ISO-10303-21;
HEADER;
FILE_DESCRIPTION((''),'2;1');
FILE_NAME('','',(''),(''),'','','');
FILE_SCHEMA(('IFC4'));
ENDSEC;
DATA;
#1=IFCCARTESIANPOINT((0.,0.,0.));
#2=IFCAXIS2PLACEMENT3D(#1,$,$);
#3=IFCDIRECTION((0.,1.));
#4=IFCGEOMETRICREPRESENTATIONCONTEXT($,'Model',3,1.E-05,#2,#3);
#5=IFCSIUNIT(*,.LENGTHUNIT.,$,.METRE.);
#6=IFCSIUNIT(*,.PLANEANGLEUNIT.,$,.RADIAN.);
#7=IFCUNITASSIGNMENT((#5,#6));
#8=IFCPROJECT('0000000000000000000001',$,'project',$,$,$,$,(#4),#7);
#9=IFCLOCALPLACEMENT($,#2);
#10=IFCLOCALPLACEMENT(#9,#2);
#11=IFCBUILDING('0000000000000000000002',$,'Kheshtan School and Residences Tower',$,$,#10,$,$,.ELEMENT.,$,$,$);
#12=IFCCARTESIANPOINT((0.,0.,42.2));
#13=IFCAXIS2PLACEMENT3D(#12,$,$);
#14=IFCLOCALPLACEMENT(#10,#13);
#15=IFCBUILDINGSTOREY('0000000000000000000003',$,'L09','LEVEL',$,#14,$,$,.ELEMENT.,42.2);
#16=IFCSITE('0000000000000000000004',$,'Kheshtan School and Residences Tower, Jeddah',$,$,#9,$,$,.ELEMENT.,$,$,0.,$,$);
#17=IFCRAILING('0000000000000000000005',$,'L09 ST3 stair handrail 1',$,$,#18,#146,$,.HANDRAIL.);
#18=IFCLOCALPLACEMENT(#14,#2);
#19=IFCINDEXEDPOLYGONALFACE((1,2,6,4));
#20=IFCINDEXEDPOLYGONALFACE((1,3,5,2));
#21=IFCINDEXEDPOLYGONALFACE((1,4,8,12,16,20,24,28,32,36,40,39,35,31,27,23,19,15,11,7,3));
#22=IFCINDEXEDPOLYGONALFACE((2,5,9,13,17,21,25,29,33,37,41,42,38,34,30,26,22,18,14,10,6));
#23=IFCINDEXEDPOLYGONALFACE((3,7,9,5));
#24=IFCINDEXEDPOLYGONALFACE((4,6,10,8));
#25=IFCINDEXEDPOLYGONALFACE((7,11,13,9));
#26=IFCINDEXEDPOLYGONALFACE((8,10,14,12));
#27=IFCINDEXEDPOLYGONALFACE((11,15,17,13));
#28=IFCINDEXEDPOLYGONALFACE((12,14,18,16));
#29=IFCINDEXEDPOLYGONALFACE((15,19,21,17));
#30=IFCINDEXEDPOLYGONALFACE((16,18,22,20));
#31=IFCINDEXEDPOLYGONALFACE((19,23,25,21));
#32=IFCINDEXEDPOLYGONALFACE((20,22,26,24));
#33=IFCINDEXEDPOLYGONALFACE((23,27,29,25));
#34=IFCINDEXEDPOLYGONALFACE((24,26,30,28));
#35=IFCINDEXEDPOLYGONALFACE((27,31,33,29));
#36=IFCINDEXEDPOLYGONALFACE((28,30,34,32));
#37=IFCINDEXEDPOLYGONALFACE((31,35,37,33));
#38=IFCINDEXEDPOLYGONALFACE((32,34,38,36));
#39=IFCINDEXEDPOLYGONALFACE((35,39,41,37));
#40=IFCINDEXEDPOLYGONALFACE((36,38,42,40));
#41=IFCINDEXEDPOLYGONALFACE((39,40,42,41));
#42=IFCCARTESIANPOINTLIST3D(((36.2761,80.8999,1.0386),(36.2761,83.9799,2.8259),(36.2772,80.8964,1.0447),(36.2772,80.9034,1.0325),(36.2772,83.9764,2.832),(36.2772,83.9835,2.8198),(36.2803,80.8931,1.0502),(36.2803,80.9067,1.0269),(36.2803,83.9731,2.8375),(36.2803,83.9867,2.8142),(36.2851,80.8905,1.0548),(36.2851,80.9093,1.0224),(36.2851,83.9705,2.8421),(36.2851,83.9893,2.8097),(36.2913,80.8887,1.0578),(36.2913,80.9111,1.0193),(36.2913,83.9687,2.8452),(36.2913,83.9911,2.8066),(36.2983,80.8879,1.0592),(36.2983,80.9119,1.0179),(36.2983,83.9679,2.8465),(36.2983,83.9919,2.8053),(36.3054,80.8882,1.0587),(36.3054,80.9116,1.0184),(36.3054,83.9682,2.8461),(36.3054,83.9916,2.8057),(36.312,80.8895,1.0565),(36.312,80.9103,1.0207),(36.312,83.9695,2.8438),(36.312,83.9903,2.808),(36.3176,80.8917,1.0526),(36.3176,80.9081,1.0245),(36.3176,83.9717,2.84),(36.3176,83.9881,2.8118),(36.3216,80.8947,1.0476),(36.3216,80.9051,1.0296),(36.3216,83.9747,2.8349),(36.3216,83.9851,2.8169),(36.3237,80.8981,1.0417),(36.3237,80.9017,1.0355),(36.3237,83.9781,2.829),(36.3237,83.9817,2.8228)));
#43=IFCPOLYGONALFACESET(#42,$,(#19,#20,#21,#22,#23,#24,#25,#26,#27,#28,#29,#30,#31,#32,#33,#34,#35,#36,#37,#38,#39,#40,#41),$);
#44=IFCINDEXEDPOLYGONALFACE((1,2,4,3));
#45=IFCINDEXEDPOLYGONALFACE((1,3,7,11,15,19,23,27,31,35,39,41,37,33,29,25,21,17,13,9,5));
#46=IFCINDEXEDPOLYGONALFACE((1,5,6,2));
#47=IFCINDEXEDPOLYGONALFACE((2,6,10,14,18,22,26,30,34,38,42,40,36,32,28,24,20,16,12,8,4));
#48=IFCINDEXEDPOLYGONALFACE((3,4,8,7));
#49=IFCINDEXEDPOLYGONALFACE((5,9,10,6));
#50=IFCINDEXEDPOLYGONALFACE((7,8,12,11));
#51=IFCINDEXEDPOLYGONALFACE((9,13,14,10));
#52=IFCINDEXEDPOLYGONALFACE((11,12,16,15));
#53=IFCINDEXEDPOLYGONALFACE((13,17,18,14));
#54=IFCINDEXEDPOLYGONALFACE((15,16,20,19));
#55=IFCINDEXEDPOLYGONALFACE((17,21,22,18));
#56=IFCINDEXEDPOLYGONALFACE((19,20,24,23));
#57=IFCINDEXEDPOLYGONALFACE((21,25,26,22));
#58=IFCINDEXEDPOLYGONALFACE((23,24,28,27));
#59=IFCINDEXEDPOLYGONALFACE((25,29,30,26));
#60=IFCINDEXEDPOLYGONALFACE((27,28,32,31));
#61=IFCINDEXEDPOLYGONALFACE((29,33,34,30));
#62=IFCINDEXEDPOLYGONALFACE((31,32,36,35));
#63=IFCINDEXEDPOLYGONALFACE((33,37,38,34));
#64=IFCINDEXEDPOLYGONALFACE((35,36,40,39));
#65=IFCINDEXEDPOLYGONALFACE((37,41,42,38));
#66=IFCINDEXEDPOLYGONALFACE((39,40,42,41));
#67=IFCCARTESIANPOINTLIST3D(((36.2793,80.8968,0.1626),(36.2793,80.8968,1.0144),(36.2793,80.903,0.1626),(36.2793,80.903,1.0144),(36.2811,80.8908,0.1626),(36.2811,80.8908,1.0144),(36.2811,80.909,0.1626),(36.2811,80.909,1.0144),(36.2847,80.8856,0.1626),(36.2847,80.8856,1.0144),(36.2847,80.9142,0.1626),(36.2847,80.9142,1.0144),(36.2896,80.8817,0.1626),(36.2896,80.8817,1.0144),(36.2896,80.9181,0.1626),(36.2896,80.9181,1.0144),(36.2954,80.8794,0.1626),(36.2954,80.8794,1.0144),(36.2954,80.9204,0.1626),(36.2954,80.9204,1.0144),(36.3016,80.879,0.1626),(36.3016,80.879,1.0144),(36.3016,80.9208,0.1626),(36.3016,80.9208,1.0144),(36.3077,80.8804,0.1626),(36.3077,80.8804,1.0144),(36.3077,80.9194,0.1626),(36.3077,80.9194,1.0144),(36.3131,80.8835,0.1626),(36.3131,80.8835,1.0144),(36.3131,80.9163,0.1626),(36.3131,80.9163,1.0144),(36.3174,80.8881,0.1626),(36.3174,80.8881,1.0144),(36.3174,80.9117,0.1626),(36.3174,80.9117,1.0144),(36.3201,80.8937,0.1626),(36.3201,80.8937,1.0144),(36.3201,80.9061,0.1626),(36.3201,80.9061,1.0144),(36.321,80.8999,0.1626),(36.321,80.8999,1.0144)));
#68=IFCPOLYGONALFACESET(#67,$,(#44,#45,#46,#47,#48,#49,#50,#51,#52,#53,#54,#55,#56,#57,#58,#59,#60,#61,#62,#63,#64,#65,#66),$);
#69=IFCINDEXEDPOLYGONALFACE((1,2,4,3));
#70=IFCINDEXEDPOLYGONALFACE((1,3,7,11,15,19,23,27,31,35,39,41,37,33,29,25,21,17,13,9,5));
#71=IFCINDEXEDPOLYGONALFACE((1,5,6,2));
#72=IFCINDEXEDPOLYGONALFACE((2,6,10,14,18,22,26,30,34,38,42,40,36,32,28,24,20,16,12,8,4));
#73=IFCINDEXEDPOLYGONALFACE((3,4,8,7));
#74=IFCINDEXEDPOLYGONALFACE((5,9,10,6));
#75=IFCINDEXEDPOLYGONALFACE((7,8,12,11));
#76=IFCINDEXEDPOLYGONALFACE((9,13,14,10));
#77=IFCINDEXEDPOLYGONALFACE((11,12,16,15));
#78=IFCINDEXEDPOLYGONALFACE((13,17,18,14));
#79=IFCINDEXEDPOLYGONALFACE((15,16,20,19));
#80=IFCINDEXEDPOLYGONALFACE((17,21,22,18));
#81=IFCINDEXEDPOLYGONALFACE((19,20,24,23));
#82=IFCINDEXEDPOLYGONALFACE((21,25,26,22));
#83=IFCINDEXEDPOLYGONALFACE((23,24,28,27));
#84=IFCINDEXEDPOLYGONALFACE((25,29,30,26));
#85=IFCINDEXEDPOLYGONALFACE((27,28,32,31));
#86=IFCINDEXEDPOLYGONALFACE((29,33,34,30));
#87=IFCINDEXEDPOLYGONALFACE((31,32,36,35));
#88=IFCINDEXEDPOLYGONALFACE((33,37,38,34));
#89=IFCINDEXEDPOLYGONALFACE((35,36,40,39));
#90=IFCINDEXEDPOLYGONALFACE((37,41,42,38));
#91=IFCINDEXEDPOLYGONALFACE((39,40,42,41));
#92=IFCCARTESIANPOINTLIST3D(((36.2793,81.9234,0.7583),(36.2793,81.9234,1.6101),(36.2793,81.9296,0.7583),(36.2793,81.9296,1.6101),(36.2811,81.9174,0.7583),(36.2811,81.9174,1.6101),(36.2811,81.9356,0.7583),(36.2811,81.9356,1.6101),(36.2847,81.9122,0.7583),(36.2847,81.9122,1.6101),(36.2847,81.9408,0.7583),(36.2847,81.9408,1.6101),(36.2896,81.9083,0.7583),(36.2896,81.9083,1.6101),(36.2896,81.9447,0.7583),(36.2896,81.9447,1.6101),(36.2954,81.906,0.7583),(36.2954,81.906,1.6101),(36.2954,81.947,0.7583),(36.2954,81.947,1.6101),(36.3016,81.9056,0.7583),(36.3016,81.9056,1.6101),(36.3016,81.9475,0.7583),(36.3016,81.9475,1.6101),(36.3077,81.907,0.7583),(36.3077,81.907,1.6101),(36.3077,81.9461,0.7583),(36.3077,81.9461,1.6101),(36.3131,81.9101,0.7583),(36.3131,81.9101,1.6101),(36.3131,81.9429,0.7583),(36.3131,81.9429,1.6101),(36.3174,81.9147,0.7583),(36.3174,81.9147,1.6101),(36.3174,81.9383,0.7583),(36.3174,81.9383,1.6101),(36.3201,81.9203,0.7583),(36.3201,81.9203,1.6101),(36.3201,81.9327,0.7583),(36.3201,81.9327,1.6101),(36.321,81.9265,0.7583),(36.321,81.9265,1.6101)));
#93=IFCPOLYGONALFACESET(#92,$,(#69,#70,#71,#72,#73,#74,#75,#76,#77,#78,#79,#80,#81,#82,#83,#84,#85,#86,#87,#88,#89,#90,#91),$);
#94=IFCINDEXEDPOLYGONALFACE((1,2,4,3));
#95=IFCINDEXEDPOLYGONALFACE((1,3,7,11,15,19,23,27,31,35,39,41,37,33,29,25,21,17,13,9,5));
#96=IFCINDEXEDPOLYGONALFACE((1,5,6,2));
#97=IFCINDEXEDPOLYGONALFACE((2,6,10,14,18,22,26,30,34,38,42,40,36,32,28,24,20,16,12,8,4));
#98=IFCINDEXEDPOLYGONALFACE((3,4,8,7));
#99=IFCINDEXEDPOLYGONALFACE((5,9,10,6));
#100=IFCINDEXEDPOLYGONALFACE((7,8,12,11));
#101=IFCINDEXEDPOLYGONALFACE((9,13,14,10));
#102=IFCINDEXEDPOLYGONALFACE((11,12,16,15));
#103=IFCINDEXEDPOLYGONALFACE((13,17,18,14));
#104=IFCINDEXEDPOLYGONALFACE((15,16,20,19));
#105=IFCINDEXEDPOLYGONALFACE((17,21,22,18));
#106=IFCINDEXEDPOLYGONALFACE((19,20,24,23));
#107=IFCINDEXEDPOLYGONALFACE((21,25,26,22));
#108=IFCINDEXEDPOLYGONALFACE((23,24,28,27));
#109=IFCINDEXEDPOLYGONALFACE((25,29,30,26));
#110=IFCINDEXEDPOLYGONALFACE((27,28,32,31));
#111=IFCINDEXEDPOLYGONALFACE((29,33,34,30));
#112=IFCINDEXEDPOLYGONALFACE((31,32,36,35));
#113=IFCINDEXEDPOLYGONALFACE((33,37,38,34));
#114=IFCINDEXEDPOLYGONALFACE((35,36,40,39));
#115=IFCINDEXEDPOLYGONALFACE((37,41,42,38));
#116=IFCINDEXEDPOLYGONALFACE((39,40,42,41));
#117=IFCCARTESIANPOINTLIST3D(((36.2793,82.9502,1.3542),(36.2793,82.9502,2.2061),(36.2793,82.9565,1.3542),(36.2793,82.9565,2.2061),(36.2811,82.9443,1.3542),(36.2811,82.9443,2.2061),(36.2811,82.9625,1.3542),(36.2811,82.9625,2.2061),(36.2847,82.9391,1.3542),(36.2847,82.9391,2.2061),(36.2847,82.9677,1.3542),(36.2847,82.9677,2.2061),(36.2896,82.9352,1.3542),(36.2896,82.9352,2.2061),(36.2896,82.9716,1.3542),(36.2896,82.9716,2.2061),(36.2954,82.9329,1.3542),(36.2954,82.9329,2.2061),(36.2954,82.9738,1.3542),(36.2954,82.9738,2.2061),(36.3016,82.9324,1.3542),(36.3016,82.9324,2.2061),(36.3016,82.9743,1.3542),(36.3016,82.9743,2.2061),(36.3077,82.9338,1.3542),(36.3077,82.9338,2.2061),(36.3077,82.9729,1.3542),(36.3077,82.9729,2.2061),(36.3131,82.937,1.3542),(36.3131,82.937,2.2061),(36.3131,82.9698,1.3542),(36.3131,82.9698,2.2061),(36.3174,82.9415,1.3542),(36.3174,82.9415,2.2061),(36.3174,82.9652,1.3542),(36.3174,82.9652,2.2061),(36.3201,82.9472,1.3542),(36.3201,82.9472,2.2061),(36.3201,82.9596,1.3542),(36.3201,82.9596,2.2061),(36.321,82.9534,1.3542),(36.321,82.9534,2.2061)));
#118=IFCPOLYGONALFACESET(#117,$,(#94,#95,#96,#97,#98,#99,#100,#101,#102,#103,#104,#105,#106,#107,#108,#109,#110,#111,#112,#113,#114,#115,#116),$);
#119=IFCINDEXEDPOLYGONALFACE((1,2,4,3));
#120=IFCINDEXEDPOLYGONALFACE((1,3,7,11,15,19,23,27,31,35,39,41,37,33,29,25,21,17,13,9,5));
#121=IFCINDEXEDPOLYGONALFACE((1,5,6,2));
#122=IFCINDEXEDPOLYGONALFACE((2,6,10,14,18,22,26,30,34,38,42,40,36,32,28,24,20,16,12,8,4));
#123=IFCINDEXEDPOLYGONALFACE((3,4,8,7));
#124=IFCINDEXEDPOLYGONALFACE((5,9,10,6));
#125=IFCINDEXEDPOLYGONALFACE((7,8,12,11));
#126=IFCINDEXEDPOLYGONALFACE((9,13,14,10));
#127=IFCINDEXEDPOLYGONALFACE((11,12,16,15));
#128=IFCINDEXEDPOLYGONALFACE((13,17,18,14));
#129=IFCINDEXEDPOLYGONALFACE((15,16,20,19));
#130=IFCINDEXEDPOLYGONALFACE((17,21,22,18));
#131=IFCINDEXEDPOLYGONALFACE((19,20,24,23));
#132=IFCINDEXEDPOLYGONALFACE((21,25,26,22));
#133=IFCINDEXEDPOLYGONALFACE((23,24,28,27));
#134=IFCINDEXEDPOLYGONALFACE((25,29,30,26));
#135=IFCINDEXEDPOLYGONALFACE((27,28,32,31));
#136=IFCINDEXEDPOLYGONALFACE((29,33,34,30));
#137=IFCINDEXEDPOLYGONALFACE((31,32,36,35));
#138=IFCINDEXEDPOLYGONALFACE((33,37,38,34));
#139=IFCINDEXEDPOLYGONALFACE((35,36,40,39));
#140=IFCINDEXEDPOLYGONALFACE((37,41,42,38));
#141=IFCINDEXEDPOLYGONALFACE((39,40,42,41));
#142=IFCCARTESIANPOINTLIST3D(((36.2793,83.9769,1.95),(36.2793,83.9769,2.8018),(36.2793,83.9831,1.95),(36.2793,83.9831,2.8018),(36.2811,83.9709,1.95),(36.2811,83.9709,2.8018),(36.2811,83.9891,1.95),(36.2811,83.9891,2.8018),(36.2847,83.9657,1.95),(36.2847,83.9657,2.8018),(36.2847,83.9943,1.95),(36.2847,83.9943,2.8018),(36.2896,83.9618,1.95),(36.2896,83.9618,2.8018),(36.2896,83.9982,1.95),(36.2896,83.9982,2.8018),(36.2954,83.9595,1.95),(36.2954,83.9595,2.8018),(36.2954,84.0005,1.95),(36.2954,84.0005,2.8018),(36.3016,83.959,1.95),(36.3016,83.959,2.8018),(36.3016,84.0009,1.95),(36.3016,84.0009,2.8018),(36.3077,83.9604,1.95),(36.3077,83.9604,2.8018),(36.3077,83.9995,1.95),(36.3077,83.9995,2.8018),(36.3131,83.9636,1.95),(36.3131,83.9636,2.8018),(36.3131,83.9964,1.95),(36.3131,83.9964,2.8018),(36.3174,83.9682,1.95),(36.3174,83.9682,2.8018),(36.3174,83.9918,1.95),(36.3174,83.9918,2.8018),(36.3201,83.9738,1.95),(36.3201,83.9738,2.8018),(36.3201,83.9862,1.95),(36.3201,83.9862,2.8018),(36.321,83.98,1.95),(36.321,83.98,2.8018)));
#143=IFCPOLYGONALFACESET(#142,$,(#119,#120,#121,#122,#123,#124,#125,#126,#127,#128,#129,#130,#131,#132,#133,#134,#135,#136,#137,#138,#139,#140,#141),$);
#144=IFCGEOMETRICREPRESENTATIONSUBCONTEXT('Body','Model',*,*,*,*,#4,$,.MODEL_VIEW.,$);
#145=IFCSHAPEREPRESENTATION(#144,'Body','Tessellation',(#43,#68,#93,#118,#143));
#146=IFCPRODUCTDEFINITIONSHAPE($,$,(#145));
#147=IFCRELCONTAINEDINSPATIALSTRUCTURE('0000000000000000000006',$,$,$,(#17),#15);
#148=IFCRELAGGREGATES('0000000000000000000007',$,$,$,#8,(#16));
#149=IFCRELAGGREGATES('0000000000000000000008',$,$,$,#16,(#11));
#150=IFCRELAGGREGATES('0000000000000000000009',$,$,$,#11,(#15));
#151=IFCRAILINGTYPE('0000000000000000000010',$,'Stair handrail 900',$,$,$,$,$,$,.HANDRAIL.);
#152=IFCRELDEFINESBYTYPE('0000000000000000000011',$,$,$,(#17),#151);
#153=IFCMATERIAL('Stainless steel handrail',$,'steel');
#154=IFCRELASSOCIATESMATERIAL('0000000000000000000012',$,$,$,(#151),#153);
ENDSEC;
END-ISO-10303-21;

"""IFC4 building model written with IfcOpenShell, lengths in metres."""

from ifc_helpers import new_model, si_unit, direction, frame, origin, origin_2d, place, context, subcontext, project, spatial, circle, extrude, material, type_object, element, save


model = new_model("IFC4")

# Units and contexts
model_context = context("Model", 3, precision=1e-05, world=origin(), true_north=direction((0.0, 1.0)))
body_context = subcontext(model_context, "Body", "Model", "MODEL_VIEW")
ifc_project = project(units=[si_unit("LENGTHUNIT", "METRE"), si_unit("PLANEANGLEUNIT", "RADIAN")], contexts=[model_context])

# Site, building, storey
site_placement = place(None, origin())
site = spatial("IfcSite", under=ifc_project, at=site_placement, Name="Kheshtan School and Residences Tower, Jeddah", CompositionType="ELEMENT", RefElevation=0.0)
building_placement = place(site_placement, origin())
building = spatial("IfcBuilding", under=site, at=building_placement, Name="Kheshtan School and Residences Tower", CompositionType="ELEMENT")
storey_placement = place(building_placement, frame((0.0, 0.0, 42.2)))
storey = spatial("IfcBuildingStorey", under=building, at=storey_placement, Name="L09", Description="LEVEL", CompositionType="ELEMENT", Elevation=42.2)

# Railing
ifc_material_1 = material(Name="Stainless steel handrail", Category="steel")
railing_type_1 = type_object("IfcRailingType", Name="Stair handrail 900", PredefinedType="HANDRAIL", material=ifc_material_1)
railing_1_placement = place(storey_placement, frame((36.3, 80.8999, 0.1626)))
element("IfcRailing", 1, at=railing_1_placement, inside=storey, type_object=railing_type_1, Name="L09 ST3 stair handrail 1", PredefinedType="HANDRAIL", context=body_context, shape_type="SweptSolid", body=[
    extrude(circle(Radius=0.0239, at=origin_2d()), frame((0.0, 0.0, 0.876), z_axis=(0.0, 0.86492, 0.501909), x_axis=(-1.0, 0.0, 0.0)), (0.0, 0.0, 1.0), 3.561),
    extrude(circle(Radius=0.021, at=origin_2d()), origin(), (0.0, 0.0, 1.0), 0.8518),
    extrude(circle(Radius=0.021, at=origin_2d()), frame((0.0, 1.0266, 0.5957)), (0.0, 0.0, 1.0), 0.8518),
    extrude(circle(Radius=0.021, at=origin_2d()), frame((0.0, 2.0535, 1.1917)), (0.0, 0.0, 1.0), 0.8518),
    extrude(circle(Radius=0.021, at=origin_2d()), frame((0.0, 3.0801, 1.7874)), (0.0, 0.0, 1.0), 0.8518),
])

save(model, "model.ifc")
